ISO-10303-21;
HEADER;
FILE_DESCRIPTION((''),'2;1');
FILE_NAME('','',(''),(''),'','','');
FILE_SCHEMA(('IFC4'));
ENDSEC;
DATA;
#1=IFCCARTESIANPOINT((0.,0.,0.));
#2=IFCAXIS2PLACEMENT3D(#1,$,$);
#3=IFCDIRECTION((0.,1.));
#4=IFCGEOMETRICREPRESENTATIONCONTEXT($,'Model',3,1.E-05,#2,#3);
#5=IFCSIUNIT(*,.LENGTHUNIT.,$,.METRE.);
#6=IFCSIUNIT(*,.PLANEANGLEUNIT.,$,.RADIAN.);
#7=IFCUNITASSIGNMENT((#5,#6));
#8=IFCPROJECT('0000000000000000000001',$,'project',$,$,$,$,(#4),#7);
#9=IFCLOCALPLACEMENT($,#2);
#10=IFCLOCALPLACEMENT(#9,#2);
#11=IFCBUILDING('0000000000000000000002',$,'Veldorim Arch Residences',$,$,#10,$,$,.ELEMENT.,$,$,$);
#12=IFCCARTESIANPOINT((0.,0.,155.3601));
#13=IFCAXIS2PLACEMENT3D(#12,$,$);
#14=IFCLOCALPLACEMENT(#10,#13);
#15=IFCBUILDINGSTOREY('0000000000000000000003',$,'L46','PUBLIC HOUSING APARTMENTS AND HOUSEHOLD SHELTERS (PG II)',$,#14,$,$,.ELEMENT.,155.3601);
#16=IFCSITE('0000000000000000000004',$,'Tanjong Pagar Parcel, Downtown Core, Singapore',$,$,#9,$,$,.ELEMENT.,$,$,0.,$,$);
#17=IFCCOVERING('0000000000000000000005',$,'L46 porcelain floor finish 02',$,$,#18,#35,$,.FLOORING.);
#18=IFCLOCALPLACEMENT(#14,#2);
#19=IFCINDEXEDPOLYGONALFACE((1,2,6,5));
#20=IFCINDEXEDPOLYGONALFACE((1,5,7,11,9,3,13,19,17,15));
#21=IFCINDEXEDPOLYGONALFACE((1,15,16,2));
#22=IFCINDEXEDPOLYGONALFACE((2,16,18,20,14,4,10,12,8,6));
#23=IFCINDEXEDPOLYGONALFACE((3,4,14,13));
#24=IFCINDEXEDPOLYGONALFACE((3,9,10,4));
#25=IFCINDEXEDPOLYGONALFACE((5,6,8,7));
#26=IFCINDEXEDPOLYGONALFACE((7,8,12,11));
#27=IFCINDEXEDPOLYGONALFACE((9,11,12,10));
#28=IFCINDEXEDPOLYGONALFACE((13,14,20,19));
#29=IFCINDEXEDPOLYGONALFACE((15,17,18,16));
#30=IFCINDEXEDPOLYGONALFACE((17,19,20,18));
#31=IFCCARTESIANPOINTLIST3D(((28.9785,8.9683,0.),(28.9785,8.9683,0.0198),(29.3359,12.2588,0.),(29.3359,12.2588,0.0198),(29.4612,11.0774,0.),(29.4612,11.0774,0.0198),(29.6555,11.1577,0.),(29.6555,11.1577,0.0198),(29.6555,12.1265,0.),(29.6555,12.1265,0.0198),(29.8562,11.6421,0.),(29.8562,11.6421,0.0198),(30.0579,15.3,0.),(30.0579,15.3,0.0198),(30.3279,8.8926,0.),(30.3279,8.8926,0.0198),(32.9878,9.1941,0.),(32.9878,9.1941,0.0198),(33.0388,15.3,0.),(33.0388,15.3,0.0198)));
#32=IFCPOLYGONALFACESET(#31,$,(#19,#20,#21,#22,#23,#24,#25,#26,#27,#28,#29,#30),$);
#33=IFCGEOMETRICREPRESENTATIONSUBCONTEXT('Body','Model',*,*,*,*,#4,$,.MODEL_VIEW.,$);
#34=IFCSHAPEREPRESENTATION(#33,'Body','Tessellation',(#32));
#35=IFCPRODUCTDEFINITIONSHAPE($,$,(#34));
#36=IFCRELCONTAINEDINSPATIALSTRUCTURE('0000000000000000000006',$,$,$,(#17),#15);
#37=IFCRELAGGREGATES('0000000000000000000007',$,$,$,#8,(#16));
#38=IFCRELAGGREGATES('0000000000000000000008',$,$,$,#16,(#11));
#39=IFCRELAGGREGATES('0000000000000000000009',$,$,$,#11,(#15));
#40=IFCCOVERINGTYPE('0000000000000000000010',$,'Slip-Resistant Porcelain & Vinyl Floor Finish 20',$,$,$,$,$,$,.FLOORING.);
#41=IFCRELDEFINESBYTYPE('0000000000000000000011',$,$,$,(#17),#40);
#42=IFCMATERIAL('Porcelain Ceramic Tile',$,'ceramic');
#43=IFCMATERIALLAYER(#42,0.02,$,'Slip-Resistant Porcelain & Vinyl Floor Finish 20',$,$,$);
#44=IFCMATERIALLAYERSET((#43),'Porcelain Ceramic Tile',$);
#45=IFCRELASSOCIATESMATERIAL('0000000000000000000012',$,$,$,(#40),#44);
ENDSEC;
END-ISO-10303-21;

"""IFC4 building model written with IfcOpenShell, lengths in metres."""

from ifc_helpers import new_model, si_unit, direction, frame, origin, place, context, subcontext, project, spatial, polyline, outline, extrude, material, layer, layer_set, type_object, element, save


model = new_model("IFC4")

# Units and contexts
model_context = context("Model", 3, precision=1e-05, world=origin(), true_north=direction((0.0, 1.0)))
body_context = subcontext(model_context, "Body", "Model", "MODEL_VIEW")
ifc_project = project(units=[si_unit("LENGTHUNIT", "METRE"), si_unit("PLANEANGLEUNIT", "RADIAN")], contexts=[model_context])

# Site, building, storey
site_placement = place(None, origin())
site = spatial("IfcSite", under=ifc_project, at=site_placement, Name="Tanjong Pagar Parcel, Downtown Core, Singapore", CompositionType="ELEMENT", RefElevation=0.0)
building_placement = place(site_placement, origin())
building = spatial("IfcBuilding", under=site, at=building_placement, Name="Veldorim Arch Residences", CompositionType="ELEMENT")
storey_placement = place(building_placement, frame((0.0, 0.0, 155.3601)))
storey = spatial("IfcBuildingStorey", under=building, at=storey_placement, Name="L46", Description="PUBLIC HOUSING APARTMENTS AND HOUSEHOLD SHELTERS (PG II)", CompositionType="ELEMENT", Elevation=155.3601)

# Covering
ifc_material_1 = material(Name="Porcelain Ceramic Tile", Category="ceramic")
ifc_layer_1 = layer(ifc_material_1, 0.02, Name="Slip-Resistant Porcelain & Vinyl Floor Finish 20")
ifc_layer_set_1 = layer_set([ifc_layer_1], Name="Porcelain Ceramic Tile")
covering_type_1 = type_object("IfcCoveringType", Name="Slip-Resistant Porcelain & Vinyl Floor Finish 20", PredefinedType="FLOORING", material=ifc_layer_set_1)
covering_1_placement = place(storey_placement, origin())
element("IfcCovering", 1, at=covering_1_placement, inside=storey, type_object=covering_type_1, Name="L46 porcelain floor finish 02", PredefinedType="FLOORING", context=body_context, shape_type="SweptSolid", body=[
    extrude(outline(polyline([(28.9785, 8.9683), (29.4612, 11.0774), (29.6555, 11.1577), (29.8562, 11.6421), (29.6555, 12.1265), (29.3359, 12.2588), (30.0579, 15.3), (33.0388, 15.3), (32.9878, 9.1941), (30.3279, 8.8926), (28.9785, 8.9683)])), origin(), (0.0, 0.0, 1.0), 0.0198),
])

save(model, "model.ifc")
